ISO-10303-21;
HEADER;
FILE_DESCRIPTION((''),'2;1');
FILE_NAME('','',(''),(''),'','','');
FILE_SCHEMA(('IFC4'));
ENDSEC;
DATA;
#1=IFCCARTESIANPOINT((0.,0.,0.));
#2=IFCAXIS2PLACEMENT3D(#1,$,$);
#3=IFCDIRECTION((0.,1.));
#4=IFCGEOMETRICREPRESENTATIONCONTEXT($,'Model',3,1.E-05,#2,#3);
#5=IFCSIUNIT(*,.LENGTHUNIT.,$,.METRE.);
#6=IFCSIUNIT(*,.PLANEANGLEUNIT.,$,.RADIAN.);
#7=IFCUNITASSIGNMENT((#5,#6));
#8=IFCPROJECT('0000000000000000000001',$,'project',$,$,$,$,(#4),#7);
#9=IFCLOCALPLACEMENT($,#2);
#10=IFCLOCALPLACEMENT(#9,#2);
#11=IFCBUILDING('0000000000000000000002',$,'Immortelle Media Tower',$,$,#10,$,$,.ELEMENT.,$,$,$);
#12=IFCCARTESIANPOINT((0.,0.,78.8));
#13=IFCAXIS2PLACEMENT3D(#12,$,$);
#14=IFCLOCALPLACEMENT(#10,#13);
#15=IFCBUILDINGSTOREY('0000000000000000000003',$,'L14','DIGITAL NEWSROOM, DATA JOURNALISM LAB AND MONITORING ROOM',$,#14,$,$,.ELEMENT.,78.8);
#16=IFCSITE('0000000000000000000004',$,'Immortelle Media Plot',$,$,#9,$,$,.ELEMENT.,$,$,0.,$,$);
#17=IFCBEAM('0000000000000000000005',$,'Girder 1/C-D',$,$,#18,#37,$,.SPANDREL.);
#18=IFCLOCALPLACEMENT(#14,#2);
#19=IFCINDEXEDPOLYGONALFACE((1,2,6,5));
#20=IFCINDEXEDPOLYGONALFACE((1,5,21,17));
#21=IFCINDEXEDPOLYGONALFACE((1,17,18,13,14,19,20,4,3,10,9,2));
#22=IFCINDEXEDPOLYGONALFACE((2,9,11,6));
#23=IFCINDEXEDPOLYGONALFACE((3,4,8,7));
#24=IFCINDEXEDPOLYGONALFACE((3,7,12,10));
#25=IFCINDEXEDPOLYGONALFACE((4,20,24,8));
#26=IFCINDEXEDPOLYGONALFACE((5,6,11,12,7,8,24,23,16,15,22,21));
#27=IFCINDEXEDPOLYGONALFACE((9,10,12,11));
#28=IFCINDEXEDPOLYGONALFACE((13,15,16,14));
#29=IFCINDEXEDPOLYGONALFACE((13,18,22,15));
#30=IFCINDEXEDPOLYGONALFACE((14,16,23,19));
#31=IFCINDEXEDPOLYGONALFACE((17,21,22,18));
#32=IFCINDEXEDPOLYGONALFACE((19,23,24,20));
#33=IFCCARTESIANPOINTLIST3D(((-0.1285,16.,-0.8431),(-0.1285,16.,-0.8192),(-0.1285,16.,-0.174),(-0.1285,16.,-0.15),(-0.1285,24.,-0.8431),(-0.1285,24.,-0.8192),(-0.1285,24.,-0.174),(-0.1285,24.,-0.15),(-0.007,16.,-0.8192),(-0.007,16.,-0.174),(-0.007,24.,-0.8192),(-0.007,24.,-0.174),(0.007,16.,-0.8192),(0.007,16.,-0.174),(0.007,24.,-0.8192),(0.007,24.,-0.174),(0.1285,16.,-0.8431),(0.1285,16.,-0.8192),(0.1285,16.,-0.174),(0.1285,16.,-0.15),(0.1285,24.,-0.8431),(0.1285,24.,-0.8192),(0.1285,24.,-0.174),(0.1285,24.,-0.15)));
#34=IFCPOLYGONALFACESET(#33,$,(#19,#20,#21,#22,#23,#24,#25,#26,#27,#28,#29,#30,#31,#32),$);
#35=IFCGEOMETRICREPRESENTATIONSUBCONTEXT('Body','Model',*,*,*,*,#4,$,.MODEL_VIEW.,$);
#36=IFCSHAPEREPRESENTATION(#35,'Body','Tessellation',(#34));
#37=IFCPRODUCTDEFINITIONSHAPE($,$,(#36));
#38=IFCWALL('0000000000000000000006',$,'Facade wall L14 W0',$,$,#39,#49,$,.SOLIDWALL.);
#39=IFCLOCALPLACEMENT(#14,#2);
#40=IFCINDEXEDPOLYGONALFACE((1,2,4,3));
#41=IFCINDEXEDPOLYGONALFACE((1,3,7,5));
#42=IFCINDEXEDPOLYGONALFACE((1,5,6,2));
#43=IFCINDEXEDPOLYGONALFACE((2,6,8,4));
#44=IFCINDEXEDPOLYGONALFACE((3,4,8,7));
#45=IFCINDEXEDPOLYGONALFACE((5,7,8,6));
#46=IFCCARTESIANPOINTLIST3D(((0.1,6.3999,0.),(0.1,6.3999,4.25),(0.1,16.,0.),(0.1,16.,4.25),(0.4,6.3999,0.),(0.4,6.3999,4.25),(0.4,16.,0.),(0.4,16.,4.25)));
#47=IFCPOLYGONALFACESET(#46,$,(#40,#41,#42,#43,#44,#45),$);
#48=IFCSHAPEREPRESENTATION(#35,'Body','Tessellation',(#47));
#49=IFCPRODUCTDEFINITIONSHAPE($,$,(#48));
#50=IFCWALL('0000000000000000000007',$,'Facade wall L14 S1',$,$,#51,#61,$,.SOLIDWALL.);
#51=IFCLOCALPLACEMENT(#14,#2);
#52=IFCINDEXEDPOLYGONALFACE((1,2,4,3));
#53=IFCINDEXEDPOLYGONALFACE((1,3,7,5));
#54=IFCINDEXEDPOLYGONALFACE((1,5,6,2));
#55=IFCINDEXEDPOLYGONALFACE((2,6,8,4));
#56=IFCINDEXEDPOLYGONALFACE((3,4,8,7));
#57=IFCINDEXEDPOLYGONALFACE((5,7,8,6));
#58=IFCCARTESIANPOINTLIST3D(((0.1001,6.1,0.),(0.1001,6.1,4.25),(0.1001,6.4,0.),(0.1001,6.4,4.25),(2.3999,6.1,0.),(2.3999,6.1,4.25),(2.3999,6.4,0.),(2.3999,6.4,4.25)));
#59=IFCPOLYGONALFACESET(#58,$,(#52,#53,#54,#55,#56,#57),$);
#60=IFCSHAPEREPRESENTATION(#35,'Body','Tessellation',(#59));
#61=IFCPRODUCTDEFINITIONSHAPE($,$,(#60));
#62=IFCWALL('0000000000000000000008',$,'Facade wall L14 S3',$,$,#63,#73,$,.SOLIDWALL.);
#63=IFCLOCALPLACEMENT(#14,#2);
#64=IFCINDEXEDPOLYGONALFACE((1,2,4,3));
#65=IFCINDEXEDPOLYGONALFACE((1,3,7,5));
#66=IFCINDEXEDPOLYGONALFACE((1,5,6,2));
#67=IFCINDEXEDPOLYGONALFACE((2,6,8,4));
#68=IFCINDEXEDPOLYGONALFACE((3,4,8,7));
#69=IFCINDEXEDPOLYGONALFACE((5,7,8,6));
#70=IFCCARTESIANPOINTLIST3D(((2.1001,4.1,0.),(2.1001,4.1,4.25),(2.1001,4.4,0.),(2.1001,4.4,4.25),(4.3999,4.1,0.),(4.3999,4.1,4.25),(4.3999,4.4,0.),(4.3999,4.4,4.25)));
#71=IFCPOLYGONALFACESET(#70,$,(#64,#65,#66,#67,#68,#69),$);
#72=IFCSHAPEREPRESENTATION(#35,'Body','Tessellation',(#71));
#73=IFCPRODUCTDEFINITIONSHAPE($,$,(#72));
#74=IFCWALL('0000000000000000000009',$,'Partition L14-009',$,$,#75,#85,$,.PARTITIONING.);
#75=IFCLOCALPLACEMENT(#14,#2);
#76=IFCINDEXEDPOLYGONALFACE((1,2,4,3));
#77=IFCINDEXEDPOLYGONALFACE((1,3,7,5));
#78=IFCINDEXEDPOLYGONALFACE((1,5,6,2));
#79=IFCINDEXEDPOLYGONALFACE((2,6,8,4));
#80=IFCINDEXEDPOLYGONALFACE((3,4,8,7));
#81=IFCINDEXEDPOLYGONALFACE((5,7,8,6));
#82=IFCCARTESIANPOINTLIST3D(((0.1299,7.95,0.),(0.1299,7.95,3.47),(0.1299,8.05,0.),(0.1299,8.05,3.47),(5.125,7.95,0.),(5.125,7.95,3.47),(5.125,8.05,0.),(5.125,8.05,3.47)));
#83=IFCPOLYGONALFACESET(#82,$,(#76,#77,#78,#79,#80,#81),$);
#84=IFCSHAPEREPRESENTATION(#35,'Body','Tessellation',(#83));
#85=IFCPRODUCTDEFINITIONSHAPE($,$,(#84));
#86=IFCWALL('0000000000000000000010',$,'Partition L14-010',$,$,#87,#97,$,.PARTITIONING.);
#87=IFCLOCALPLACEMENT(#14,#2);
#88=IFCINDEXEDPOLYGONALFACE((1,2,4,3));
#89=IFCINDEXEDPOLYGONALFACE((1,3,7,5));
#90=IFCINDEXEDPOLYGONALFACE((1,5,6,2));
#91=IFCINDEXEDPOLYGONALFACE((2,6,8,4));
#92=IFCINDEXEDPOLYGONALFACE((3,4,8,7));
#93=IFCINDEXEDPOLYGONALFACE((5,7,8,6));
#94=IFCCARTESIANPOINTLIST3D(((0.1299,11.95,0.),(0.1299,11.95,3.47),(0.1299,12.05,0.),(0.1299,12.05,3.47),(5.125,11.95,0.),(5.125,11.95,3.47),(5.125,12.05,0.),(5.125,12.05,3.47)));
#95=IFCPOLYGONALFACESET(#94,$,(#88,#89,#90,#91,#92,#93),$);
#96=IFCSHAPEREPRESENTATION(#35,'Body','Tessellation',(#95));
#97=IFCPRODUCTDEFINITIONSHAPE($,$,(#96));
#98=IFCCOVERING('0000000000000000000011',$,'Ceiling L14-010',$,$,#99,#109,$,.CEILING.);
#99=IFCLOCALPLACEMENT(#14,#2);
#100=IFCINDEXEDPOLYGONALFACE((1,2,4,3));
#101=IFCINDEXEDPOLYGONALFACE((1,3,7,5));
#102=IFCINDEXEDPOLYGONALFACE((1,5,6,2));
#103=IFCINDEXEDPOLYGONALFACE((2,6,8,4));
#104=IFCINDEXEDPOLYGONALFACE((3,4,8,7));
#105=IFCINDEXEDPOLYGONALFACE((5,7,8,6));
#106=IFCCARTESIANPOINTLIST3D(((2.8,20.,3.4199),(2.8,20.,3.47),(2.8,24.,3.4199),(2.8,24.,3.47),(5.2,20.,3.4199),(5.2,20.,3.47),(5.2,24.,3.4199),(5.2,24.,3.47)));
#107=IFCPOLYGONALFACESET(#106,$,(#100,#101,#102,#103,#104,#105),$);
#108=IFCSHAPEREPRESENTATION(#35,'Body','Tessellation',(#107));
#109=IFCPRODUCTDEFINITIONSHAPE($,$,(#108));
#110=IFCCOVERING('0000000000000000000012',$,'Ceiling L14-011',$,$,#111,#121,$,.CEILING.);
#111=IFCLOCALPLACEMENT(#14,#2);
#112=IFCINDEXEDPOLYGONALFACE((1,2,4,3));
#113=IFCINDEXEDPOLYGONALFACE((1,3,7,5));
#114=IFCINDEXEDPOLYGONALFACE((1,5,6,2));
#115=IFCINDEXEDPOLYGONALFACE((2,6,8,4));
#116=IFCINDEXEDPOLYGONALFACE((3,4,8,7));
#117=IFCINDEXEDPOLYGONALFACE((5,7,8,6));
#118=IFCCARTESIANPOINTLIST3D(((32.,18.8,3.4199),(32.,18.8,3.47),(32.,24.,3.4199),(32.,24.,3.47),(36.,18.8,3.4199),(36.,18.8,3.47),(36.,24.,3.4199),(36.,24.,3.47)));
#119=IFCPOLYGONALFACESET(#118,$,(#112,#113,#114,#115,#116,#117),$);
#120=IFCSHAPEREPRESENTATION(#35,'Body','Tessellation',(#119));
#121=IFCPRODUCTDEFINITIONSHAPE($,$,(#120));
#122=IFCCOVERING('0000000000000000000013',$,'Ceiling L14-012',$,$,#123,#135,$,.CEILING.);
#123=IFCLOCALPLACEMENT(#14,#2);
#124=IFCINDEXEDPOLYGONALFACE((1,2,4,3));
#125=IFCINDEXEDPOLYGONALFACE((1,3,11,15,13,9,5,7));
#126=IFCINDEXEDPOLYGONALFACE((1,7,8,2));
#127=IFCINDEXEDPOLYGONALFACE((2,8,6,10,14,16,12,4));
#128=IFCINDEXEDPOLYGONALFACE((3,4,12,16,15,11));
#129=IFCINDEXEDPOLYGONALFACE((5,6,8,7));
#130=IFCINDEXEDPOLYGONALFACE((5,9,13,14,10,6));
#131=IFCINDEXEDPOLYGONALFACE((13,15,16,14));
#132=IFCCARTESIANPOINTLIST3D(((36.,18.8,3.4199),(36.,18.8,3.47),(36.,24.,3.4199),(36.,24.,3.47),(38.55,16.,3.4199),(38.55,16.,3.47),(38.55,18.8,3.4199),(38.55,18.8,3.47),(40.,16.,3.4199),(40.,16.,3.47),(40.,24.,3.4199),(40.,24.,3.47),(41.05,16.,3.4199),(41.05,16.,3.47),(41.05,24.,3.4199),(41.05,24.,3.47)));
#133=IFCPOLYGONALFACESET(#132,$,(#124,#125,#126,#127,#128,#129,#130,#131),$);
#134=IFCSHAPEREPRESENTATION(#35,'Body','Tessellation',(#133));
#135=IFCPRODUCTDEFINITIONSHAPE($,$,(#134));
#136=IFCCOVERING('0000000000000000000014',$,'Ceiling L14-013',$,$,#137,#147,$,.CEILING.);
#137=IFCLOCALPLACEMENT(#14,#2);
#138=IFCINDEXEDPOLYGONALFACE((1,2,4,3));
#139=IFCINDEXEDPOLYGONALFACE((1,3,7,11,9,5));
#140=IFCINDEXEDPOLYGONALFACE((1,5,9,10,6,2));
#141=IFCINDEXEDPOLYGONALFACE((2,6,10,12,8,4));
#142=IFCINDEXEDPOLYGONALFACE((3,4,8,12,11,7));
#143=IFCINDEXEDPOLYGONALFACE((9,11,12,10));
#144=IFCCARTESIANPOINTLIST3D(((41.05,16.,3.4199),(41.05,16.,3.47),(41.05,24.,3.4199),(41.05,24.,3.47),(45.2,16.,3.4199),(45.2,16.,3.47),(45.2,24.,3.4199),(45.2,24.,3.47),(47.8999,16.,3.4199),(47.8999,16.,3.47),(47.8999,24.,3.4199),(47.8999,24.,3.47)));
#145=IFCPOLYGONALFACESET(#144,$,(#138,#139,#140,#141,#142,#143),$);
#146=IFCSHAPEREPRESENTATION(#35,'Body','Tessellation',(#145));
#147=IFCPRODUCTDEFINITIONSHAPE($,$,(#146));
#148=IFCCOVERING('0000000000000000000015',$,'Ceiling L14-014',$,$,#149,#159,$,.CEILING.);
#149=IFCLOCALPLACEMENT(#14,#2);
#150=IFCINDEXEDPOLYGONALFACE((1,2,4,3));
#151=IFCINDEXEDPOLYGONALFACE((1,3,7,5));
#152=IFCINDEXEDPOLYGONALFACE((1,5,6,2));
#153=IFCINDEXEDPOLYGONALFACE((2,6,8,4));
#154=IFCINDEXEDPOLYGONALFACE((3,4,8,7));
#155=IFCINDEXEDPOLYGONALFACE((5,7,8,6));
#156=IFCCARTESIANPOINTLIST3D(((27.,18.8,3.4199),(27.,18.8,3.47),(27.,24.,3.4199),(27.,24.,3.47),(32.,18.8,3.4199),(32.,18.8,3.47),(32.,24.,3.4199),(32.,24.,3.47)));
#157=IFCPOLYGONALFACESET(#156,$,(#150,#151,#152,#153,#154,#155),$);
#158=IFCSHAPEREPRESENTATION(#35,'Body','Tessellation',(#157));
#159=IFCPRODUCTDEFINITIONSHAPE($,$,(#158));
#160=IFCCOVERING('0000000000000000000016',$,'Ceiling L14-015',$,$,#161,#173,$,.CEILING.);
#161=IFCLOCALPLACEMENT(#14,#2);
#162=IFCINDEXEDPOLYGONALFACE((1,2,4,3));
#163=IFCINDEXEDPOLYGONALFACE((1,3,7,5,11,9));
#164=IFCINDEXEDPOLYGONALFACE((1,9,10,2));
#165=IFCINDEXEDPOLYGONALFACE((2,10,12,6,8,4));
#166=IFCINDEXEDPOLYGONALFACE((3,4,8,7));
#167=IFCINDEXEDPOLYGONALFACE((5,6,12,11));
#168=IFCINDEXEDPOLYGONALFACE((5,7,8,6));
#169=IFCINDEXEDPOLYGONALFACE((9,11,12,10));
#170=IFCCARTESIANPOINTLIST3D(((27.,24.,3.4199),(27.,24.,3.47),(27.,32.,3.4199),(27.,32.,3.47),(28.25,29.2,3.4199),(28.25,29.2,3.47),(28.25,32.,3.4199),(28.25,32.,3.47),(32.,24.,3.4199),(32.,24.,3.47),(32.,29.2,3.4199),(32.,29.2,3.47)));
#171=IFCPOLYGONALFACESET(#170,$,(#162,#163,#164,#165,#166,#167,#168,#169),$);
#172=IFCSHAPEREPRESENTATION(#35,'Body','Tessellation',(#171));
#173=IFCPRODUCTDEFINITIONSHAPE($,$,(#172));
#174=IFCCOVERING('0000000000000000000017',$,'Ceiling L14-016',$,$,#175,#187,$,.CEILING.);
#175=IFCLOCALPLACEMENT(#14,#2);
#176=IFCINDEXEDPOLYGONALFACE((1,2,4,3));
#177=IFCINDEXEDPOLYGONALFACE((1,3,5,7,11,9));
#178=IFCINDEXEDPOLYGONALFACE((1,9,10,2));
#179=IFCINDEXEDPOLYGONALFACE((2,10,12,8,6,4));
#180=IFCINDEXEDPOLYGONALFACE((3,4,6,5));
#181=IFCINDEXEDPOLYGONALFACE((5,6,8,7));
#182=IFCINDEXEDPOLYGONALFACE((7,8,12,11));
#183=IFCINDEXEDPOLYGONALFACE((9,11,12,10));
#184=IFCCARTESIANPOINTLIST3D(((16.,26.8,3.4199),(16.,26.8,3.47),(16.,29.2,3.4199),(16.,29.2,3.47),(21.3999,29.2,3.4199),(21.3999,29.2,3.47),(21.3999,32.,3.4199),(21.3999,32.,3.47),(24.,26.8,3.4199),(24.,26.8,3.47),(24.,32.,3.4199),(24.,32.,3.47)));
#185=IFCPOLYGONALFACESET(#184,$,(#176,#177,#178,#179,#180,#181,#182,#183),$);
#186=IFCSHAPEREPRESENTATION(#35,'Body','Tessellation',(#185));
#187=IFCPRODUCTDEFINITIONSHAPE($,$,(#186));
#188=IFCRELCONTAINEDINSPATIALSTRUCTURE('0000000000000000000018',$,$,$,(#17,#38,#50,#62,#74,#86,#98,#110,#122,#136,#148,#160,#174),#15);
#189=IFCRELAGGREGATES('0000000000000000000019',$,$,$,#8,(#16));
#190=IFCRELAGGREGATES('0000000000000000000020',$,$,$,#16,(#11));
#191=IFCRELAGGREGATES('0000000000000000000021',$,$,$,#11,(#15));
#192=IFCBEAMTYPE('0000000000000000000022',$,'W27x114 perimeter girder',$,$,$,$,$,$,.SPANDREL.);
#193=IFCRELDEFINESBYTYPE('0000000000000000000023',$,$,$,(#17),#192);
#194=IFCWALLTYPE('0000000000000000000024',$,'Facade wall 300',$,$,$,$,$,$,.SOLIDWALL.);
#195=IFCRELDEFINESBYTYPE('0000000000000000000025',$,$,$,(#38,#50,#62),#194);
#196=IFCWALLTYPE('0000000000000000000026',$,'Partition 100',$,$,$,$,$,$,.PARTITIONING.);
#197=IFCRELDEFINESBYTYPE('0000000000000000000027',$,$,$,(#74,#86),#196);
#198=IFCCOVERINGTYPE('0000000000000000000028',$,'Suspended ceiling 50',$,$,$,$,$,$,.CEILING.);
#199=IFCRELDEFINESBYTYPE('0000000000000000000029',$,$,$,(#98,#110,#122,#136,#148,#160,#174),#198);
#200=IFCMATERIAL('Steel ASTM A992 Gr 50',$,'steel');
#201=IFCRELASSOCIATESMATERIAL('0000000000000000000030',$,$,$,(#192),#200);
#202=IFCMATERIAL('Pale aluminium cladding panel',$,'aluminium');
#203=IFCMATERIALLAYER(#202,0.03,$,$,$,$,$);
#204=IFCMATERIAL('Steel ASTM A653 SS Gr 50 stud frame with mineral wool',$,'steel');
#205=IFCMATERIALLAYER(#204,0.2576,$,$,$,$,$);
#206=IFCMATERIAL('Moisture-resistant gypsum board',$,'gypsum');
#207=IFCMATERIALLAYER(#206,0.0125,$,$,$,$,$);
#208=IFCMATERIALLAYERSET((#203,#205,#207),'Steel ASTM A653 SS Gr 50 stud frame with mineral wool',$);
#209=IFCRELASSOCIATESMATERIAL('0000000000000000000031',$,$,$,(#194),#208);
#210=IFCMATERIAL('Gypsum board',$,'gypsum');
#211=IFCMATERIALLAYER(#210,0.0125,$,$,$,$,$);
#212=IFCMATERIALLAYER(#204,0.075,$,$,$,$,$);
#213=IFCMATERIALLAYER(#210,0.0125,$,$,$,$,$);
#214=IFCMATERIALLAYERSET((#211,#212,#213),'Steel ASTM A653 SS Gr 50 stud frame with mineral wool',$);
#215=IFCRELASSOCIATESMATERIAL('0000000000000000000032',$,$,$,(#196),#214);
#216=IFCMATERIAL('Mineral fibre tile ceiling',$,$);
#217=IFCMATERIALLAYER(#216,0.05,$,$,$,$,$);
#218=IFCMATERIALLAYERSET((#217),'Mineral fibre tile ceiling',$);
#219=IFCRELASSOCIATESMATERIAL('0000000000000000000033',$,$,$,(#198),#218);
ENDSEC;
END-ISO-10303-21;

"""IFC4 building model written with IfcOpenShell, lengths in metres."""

from ifc_helpers import new_model, si_unit, direction, frame, frame_2d, origin, origin_2d, place, context, subcontext, project, spatial, polyline, rectangle, i_section, outline, extrude, material, layer, layer_set, material_profile, profile_set, type_object, element, save


model = new_model("IFC4")

# Units and contexts
model_context = context("Model", 3, precision=1e-05, world=origin(), true_north=direction((0.0, 1.0)))
body_context = subcontext(model_context, "Body", "Model", "MODEL_VIEW")
ifc_project = project(units=[si_unit("LENGTHUNIT", "METRE"), si_unit("PLANEANGLEUNIT", "RADIAN")], contexts=[model_context])

# Site, building, storey
site_placement = place(None, origin())
site = spatial("IfcSite", under=ifc_project, at=site_placement, Name="Immortelle Media Plot", CompositionType="ELEMENT", RefElevation=0.0)
building_placement = place(site_placement, origin())
building = spatial("IfcBuilding", under=site, at=building_placement, Name="Immortelle Media Tower", CompositionType="ELEMENT")
storey_placement = place(building_placement, frame((0.0, 0.0, 78.8)))
storey = spatial("IfcBuildingStorey", under=building, at=storey_placement, Name="L14", Description="DIGITAL NEWSROOM, DATA JOURNALISM LAB AND MONITORING ROOM", CompositionType="ELEMENT", Elevation=78.8)

# Shared definitions
ifc_material_1 = material(Name="Steel ASTM A992 Gr 50", Category="steel")

# Beam
ifc_material_profile_1 = material_profile(ifc_material_1, i_section(OverallWidth=0.2571, OverallDepth=0.6931, WebThickness=0.0139, FlangeThickness=0.0239, at=origin_2d()), Name="W27x114")
ifc_profile_set_1 = profile_set([ifc_material_profile_1], Name="Steel ASTM A992 Gr 50")
beam_type_1 = type_object("IfcBeamType", Name="W27x114 perimeter girder", PredefinedType="SPANDREL", material=ifc_profile_set_1)
for number, where, z_axis, x_axis, name in (
    (1, (0.0, 16.0, -0.4966), (0.0, 1.0, 0.0), (-1.0, 0.0, 0.0), "Girder 1/C-D"),
):
    element("IfcBeam", number, at=place(storey_placement, frame(where, z_axis=z_axis, x_axis=x_axis)), inside=storey, type_object=beam_type_1, Name=name, PredefinedType="SPANDREL", context=body_context, shape_type="SweptSolid", body=[
        extrude(i_section(OverallWidth=0.2571, OverallDepth=0.6931, WebThickness=0.0139, FlangeThickness=0.0239, at=origin_2d()), origin(), (0.0, 0.0, 1.0), 8.0),
    ])

# Walls
ifc_material_2 = material(Name="Pale aluminium cladding panel", Category="aluminium")
ifc_layer_1 = layer(ifc_material_2, 0.03)
ifc_material_3 = material(Name="Steel ASTM A653 SS Gr 50 stud frame with mineral wool", Category="steel")
ifc_layer_2 = layer(ifc_material_3, 0.2576)
ifc_material_4 = material(Name="Moisture-resistant gypsum board", Category="gypsum")
ifc_layer_3 = layer(ifc_material_4, 0.0125)
ifc_layer_set_1 = layer_set([ifc_layer_1, ifc_layer_2, ifc_layer_3], Name="Steel ASTM A653 SS Gr 50 stud frame with mineral wool")
wall_type_1 = type_object("IfcWallType", Name="Facade wall 300", PredefinedType="SOLIDWALL", material=ifc_layer_set_1)
wall_placement = place(storey_placement, frame((0.25, 16.0, 0.0), z_axis=(0.0, 0.0, 1.0), x_axis=(0.0, -1.0, 0.0)))
element("IfcWall", 2, at=wall_placement, inside=storey, type_object=wall_type_1, Name="Facade wall L14 W0", PredefinedType="SOLIDWALL", context=body_context, shape_type="SweptSolid", body=[
    extrude(rectangle(XDim=9.6001, YDim=0.3, at=frame_2d((4.8, 0.0))), origin(), (0.0, 0.0, 1.0), 4.25),
])
for number, where, z_axis, x_axis, name in (
    (3, (0.1001, 6.25, 0.0), (0.0, 0.0, 1.0), (1.0, 0.0, 0.0), "Facade wall L14 S1"),
    (4, (2.1001, 4.25, 0.0), (0.0, 0.0, 1.0), (1.0, 0.0, 0.0), "Facade wall L14 S3"),
):
    element("IfcWall", number, at=place(storey_placement, frame(where, z_axis=z_axis, x_axis=x_axis)), inside=storey, type_object=wall_type_1, Name=name, PredefinedType="SOLIDWALL", context=body_context, shape_type="SweptSolid", body=[
        extrude(rectangle(XDim=2.2998, YDim=0.3, at=frame_2d((1.1499, 0.0))), origin(), (0.0, 0.0, 1.0), 4.25),
    ])
ifc_material_5 = material(Name="Gypsum board", Category="gypsum")
ifc_layer_4 = layer(ifc_material_5, 0.0125)
ifc_layer_5 = layer(ifc_material_3, 0.075)
ifc_layer_6 = layer(ifc_material_5, 0.0125)
ifc_layer_set_2 = layer_set([ifc_layer_4, ifc_layer_5, ifc_layer_6], Name="Steel ASTM A653 SS Gr 50 stud frame with mineral wool")
wall_type_2 = type_object("IfcWallType", Name="Partition 100", PredefinedType="PARTITIONING", material=ifc_layer_set_2)
for number, where, z_axis, x_axis, name in (
    (5, (0.1299, 8.0, 0.0), (0.0, 0.0, 1.0), (1.0, 0.0, 0.0), "Partition L14-009"),
    (6, (0.1299, 12.0, 0.0), (0.0, 0.0, 1.0), (1.0, 0.0, 0.0), "Partition L14-010"),
):
    element("IfcWall", number, at=place(storey_placement, frame(where, z_axis=z_axis, x_axis=x_axis)), inside=storey, type_object=wall_type_2, Name=name, PredefinedType="PARTITIONING", context=body_context, shape_type="SweptSolid", body=[
        extrude(rectangle(XDim=4.9951, YDim=0.1001, at=frame_2d((2.4976, 0.0))), origin(), (0.0, 0.0, 1.0), 3.47),
    ])

# Coverings
ifc_material_6 = material(Name="Mineral fibre tile ceiling")
ifc_layer_7 = layer(ifc_material_6, 0.05)
ifc_layer_set_3 = layer_set([ifc_layer_7], Name="Mineral fibre tile ceiling")
covering_type = type_object("IfcCoveringType", Name="Suspended ceiling 50", PredefinedType="CEILING", material=ifc_layer_set_3)
covering_1_placement = place(storey_placement, frame((0.0, 0.0, 3.4199)))
element("IfcCovering", 7, at=covering_1_placement, inside=storey, type_object=covering_type, Name="Ceiling L14-010", PredefinedType="CEILING", context=body_context, shape_type="SweptSolid", body=[
    extrude(outline(polyline([(2.8, 24.0), (5.2, 24.0), (5.2, 20.0), (2.8, 20.0), (2.8, 24.0)])), origin(), (0.0, 0.0, 1.0), 0.05),
])
covering_2_placement = place(storey_placement, frame((0.0, 0.0, 3.4199)))
element("IfcCovering", 8, at=covering_2_placement, inside=storey, type_object=covering_type, Name="Ceiling L14-011", PredefinedType="CEILING", context=body_context, shape_type="SweptSolid", body=[
    extrude(outline(polyline([(32.0, 18.8), (32.0, 24.0), (36.0, 24.0), (36.0, 18.8), (32.0, 18.8)])), origin(), (0.0, 0.0, 1.0), 0.05),
])
covering_3_placement = place(storey_placement, frame((0.0, 0.0, 3.4199)))
element("IfcCovering", 9, at=covering_3_placement, inside=storey, type_object=covering_type, Name="Ceiling L14-012", PredefinedType="CEILING", context=body_context, shape_type="SweptSolid", body=[
    extrude(outline(polyline([(36.0, 18.8), (36.0, 24.0), (40.0, 24.0), (41.05, 24.0), (41.05, 16.0), (40.0, 16.0), (38.55, 16.0), (38.55, 18.8), (36.0, 18.8)])), origin(), (0.0, 0.0, 1.0), 0.05),
])
covering_4_placement = place(storey_placement, frame((0.0, 0.0, 3.4199)))
element("IfcCovering", 10, at=covering_4_placement, inside=storey, type_object=covering_type, Name="Ceiling L14-013", PredefinedType="CEILING", context=body_context, shape_type="SweptSolid", body=[
    extrude(outline(polyline([(45.2, 24.0), (47.8999, 24.0), (47.8999, 16.0), (45.2, 16.0), (41.05, 16.0), (41.05, 24.0), (45.2, 24.0)])), origin(), (0.0, 0.0, 1.0), 0.05),
])
covering_5_placement = place(storey_placement, frame((0.0, 0.0, 3.4199)))
element("IfcCovering", 11, at=covering_5_placement, inside=storey, type_object=covering_type, Name="Ceiling L14-014", PredefinedType="CEILING", context=body_context, shape_type="SweptSolid", body=[
    extrude(outline(polyline([(32.0, 18.8), (27.0, 18.8), (27.0, 24.0), (32.0, 24.0), (32.0, 18.8)])), origin(), (0.0, 0.0, 1.0), 0.05),
])
covering_6_placement = place(storey_placement, frame((0.0, 0.0, 3.4199)))
element("IfcCovering", 12, at=covering_6_placement, inside=storey, type_object=covering_type, Name="Ceiling L14-015", PredefinedType="CEILING", context=body_context, shape_type="SweptSolid", body=[
    extrude(outline(polyline([(27.0, 24.0), (27.0, 32.0), (28.25, 32.0), (28.25, 29.2), (32.0, 29.2), (32.0, 24.0), (27.0, 24.0)])), origin(), (0.0, 0.0, 1.0), 0.05),
])
covering_7_placement = place(storey_placement, frame((0.0, 0.0, 3.4199)))
element("IfcCovering", 13, at=covering_7_placement, inside=storey, type_object=covering_type, Name="Ceiling L14-016", PredefinedType="CEILING", context=body_context, shape_type="SweptSolid", body=[
    extrude(outline(polyline([(16.0, 26.8), (16.0, 29.2), (21.3999, 29.2), (21.3999, 32.0), (24.0, 32.0), (24.0, 26.8), (16.0, 26.8)])), origin(), (0.0, 0.0, 1.0), 0.05),
])

save(model, "model.ifc")
